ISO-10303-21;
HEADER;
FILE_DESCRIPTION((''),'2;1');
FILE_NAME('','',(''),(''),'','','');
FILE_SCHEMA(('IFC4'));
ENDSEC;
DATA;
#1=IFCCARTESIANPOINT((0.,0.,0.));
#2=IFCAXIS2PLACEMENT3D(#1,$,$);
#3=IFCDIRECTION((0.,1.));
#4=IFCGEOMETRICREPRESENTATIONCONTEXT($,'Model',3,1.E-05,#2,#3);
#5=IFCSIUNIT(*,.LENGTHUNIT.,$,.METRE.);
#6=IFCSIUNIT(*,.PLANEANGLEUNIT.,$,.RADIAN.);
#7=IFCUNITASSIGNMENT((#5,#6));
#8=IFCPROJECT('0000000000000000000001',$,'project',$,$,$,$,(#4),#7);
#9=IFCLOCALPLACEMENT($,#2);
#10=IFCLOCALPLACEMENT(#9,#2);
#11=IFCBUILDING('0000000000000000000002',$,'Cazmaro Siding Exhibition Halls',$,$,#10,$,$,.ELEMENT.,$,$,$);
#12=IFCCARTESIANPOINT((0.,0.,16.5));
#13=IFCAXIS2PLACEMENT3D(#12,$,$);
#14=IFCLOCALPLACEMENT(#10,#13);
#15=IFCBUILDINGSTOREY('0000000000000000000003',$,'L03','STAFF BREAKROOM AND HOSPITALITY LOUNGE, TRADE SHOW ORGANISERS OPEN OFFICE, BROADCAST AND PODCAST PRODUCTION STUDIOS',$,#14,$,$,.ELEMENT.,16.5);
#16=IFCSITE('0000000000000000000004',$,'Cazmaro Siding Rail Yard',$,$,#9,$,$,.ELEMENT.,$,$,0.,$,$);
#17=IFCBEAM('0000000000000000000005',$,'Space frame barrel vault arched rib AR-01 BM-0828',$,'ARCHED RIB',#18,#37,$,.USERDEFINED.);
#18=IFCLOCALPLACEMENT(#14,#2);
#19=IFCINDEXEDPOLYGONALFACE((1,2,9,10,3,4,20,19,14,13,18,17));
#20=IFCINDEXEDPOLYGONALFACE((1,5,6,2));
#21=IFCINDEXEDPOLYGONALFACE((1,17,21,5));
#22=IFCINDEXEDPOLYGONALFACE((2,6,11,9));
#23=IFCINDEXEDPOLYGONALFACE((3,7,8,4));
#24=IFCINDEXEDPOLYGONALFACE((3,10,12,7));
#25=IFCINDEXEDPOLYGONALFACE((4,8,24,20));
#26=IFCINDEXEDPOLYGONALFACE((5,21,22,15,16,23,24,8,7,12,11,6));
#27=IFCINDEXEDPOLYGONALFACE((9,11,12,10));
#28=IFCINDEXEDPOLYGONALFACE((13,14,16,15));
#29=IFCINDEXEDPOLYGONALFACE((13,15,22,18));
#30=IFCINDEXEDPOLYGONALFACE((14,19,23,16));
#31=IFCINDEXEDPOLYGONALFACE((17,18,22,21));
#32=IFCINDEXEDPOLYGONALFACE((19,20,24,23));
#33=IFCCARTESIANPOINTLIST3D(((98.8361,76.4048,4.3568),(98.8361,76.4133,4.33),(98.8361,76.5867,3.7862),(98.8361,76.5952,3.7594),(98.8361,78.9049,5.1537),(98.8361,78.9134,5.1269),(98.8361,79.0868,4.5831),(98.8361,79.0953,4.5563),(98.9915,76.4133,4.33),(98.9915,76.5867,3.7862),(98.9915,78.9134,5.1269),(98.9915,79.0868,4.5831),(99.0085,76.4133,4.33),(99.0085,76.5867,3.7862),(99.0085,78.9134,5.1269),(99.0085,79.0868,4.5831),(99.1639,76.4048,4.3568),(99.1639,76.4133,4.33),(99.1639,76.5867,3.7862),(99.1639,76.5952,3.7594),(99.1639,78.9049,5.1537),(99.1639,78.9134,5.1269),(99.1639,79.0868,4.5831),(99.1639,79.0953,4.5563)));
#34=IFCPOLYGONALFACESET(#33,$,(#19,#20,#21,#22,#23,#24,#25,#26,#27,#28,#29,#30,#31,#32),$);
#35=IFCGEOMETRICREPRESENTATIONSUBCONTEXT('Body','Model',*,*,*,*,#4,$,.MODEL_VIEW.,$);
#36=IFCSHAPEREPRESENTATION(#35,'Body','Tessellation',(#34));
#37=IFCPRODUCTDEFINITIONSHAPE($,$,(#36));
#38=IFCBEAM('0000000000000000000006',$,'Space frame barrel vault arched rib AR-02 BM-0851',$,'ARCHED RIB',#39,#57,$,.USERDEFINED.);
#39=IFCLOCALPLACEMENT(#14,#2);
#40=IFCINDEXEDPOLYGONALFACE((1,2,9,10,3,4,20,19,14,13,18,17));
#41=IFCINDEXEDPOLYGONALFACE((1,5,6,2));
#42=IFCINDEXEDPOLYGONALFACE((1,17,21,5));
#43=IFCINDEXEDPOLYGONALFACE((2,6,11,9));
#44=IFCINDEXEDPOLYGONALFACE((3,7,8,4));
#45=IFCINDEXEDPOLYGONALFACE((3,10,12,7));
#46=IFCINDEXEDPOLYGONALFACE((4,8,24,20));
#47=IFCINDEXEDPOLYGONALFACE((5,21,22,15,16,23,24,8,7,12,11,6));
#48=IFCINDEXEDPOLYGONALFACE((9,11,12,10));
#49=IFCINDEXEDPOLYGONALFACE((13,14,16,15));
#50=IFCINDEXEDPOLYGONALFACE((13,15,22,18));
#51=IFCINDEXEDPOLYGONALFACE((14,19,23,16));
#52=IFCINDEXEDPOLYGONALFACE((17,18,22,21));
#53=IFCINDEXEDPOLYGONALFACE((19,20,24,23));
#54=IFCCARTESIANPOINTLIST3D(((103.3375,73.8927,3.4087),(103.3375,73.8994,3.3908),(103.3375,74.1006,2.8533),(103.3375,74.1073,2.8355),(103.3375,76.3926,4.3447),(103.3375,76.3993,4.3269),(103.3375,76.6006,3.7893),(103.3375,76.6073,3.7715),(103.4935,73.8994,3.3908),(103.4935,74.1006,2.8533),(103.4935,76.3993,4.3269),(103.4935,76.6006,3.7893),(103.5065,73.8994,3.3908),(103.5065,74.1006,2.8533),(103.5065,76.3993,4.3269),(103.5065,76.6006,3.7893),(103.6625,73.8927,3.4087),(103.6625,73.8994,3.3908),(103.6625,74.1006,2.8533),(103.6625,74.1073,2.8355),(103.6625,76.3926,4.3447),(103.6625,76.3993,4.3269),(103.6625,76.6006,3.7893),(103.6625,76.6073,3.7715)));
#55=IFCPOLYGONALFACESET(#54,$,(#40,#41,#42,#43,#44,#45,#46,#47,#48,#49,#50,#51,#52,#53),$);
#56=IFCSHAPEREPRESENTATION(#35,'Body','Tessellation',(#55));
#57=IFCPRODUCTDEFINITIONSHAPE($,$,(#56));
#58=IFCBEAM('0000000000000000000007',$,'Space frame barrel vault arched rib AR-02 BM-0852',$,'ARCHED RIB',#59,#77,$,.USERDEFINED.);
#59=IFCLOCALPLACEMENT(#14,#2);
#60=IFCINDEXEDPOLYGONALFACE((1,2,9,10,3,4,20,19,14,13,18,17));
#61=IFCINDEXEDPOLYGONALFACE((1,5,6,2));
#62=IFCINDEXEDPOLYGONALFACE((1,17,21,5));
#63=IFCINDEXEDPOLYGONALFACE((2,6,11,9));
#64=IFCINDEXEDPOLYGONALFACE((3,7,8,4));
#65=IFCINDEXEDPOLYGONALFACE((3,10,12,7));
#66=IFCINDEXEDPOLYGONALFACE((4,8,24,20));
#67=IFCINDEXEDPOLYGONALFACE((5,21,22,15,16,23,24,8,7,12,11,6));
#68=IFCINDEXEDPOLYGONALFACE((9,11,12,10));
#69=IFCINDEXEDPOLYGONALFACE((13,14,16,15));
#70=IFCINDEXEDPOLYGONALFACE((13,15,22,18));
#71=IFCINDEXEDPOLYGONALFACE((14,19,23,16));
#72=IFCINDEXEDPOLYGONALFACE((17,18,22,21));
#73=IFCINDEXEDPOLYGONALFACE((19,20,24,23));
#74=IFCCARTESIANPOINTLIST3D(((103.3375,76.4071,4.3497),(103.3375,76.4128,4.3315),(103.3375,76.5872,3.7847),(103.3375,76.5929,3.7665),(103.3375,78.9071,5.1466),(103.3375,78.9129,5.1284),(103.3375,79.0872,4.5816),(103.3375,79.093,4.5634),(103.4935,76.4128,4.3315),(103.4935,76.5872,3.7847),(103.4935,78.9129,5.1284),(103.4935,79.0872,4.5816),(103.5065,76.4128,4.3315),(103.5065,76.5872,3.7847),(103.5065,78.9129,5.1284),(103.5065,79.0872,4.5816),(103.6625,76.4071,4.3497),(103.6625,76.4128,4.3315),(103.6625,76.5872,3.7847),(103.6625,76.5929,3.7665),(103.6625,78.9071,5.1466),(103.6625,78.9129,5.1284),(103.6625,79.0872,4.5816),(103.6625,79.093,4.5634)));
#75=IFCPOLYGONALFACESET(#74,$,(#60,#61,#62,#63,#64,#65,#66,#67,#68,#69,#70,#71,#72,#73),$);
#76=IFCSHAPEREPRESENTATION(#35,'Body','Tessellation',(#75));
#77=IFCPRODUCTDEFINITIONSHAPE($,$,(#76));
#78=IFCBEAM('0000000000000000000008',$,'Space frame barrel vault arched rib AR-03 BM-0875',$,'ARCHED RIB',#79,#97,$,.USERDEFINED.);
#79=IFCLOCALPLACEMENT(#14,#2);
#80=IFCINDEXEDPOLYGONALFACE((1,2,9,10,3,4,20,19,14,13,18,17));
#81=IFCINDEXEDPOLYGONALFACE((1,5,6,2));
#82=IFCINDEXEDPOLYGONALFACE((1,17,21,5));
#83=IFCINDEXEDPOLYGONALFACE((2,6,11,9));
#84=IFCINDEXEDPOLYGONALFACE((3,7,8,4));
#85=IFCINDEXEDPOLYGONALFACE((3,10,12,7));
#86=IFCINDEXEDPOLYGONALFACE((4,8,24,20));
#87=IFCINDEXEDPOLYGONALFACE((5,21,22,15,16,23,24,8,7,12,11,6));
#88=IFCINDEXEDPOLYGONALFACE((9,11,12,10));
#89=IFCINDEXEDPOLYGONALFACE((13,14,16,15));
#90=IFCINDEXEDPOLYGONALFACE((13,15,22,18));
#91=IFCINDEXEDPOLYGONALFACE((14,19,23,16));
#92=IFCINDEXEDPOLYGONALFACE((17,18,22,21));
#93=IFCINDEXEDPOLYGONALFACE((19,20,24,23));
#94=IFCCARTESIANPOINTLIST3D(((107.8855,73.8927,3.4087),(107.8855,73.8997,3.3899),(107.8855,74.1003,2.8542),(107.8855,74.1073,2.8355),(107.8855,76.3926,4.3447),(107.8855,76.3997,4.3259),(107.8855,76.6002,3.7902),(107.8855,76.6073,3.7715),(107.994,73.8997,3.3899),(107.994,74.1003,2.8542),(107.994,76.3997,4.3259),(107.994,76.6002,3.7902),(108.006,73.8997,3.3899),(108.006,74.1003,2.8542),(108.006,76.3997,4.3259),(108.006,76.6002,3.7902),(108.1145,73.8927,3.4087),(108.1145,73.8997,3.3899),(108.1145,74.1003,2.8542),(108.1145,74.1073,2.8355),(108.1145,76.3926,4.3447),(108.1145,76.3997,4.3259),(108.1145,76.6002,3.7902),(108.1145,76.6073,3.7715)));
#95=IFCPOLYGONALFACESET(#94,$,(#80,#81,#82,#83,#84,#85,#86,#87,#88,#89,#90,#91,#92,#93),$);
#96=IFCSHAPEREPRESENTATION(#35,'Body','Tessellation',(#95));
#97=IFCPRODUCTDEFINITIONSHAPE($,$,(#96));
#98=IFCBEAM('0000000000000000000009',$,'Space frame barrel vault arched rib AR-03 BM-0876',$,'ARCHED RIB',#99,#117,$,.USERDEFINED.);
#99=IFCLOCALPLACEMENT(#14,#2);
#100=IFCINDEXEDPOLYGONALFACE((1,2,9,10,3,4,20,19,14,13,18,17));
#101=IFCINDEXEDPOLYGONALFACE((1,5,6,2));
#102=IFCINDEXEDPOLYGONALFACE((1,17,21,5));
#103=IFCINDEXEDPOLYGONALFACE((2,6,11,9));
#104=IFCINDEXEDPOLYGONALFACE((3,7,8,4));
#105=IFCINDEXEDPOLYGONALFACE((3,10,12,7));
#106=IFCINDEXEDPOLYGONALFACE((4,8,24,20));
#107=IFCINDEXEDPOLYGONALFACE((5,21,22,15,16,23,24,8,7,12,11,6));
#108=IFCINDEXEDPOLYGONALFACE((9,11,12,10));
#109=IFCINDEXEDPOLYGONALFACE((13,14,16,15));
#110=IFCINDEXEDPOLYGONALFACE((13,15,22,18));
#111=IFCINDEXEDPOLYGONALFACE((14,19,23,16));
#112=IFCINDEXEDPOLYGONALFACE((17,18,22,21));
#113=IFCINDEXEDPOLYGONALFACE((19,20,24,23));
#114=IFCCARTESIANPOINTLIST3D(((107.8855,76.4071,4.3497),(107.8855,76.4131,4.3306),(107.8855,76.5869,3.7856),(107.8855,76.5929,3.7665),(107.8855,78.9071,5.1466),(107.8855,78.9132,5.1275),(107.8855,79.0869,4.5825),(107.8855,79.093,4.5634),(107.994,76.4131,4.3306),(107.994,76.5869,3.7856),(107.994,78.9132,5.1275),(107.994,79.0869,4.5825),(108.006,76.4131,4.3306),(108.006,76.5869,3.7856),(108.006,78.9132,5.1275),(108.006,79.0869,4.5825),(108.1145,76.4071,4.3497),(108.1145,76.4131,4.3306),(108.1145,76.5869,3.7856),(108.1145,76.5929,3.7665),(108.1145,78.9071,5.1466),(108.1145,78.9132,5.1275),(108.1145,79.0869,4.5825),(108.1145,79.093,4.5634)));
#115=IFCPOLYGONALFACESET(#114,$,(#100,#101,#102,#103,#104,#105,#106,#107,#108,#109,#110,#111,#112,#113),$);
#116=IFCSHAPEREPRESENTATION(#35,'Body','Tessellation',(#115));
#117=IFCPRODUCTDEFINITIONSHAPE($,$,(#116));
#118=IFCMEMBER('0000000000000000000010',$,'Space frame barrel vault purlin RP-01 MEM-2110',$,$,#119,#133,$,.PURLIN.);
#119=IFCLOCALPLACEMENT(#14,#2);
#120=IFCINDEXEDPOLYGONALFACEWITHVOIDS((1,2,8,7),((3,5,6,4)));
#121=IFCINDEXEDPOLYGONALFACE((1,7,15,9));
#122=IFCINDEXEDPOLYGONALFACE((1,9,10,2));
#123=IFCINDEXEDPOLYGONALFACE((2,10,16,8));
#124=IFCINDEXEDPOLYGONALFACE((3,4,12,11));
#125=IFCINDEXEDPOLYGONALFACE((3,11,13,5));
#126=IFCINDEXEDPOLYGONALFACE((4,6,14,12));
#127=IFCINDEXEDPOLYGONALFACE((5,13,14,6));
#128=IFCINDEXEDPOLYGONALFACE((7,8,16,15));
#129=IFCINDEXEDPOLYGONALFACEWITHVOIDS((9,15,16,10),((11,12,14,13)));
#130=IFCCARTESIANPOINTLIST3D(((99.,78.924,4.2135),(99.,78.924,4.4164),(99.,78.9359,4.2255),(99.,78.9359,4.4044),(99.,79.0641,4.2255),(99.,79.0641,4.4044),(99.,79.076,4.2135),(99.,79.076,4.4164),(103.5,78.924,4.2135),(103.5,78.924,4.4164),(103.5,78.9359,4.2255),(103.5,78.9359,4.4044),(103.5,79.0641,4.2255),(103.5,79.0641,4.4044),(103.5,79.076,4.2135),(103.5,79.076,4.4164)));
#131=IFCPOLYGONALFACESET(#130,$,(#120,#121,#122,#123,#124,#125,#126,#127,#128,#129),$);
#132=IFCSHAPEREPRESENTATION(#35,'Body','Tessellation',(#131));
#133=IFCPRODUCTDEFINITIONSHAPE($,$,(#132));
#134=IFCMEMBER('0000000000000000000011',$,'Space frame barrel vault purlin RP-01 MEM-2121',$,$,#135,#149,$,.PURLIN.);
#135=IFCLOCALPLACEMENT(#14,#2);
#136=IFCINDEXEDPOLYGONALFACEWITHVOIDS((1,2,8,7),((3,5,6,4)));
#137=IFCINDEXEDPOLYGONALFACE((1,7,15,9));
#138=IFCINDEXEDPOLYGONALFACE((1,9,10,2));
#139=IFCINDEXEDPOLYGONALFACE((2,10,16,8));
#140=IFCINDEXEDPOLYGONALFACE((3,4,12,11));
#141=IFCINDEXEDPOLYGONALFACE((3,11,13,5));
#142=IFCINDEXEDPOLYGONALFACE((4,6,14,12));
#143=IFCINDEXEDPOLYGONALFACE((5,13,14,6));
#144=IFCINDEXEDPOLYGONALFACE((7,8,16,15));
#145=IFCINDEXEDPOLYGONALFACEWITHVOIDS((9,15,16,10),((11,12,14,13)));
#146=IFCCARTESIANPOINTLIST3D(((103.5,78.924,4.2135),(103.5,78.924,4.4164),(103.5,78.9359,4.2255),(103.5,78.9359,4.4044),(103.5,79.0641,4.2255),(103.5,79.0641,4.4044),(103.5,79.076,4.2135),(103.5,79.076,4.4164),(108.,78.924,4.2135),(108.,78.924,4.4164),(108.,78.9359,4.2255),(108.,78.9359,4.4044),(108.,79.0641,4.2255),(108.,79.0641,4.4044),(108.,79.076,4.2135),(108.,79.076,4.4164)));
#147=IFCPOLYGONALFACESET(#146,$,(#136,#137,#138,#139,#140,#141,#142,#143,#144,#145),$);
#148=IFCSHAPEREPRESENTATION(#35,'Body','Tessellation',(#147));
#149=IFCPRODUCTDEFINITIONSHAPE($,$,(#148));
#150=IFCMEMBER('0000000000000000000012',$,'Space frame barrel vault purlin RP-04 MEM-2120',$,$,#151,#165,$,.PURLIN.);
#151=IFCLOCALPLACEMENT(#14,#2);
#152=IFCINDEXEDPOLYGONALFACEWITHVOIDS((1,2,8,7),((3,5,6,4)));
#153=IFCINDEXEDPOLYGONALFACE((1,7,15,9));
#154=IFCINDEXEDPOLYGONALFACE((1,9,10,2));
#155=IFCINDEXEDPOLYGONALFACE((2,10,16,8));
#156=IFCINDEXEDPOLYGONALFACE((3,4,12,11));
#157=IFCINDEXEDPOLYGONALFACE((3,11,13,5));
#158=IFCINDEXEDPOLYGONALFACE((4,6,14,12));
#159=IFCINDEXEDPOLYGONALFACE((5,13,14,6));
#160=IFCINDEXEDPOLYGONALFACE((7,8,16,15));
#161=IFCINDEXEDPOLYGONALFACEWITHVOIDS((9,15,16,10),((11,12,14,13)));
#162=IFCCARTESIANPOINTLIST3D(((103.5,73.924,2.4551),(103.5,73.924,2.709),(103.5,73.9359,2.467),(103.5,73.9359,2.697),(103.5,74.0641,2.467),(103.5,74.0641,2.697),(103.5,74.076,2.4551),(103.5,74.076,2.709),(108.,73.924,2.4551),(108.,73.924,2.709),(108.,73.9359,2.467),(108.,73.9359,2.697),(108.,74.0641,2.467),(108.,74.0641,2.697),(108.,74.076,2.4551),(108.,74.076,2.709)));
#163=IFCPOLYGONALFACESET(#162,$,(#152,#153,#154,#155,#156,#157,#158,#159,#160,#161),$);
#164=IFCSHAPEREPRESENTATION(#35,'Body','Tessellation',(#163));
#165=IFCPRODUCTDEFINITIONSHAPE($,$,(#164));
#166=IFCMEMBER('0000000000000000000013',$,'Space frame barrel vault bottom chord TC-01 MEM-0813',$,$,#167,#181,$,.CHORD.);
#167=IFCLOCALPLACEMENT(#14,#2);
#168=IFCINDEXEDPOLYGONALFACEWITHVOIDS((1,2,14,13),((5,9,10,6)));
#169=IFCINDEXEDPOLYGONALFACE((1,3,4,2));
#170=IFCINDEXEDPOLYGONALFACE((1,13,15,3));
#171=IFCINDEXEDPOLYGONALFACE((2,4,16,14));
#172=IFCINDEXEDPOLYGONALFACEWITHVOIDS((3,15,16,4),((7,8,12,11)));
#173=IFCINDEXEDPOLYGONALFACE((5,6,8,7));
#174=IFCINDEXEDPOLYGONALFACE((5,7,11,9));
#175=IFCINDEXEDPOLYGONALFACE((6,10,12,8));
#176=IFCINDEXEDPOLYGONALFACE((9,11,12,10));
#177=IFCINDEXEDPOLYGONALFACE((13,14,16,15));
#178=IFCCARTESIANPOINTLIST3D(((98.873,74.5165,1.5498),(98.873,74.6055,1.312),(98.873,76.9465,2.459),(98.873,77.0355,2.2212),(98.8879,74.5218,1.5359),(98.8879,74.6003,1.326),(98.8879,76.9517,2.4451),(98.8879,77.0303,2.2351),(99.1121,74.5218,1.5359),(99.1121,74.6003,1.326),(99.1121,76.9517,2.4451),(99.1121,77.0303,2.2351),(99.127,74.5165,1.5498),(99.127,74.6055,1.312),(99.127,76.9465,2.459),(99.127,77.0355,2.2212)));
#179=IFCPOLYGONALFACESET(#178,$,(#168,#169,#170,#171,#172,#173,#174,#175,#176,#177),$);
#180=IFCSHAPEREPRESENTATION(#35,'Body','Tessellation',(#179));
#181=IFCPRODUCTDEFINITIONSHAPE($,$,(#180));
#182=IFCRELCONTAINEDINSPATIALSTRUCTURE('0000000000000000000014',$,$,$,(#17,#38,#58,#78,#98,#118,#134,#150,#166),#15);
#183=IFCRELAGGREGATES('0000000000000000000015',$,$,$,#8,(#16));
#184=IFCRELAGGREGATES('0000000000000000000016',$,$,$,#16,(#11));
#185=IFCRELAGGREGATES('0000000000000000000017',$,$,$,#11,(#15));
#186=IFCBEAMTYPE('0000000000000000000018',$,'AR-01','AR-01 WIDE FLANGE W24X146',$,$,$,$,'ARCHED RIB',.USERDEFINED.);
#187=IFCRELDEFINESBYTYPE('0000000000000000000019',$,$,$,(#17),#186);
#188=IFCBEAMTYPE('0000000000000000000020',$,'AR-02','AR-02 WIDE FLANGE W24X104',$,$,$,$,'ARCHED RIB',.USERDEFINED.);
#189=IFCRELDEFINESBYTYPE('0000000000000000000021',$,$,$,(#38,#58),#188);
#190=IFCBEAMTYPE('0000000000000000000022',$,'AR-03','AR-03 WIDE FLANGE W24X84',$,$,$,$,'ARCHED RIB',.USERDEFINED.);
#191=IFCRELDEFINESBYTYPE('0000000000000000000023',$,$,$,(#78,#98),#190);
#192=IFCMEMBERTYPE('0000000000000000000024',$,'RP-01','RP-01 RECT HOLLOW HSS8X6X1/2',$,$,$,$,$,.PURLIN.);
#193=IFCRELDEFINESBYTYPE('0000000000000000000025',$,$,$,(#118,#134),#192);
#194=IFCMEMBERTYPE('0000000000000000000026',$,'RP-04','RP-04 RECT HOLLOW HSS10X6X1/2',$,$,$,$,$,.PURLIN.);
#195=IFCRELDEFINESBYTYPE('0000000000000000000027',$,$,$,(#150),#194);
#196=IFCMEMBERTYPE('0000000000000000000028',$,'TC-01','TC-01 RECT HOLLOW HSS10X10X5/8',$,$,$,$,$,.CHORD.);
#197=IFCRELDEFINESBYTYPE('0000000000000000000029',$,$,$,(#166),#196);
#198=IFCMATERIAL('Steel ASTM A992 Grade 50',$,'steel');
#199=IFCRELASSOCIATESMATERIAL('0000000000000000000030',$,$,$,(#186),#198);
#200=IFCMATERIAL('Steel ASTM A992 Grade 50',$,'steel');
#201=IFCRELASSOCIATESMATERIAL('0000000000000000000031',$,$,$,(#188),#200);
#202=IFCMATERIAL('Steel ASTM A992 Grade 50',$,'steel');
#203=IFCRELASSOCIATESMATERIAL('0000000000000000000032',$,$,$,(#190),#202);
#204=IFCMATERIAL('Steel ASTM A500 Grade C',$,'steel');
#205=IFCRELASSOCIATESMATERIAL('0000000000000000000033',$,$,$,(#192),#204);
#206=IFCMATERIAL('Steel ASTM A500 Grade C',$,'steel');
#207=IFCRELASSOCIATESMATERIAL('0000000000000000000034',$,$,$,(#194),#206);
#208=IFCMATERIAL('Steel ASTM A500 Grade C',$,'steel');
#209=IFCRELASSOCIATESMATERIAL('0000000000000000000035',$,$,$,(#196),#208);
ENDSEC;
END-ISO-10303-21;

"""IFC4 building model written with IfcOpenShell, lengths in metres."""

from ifc_helpers import new_model, si_unit, direction, frame, origin, origin_2d, place, context, subcontext, project, spatial, hollow_rectangle, i_section, extrude, material, material_profile, profile_set, type_object, element, save


model = new_model("IFC4")

# Units and contexts
model_context = context("Model", 3, precision=1e-05, world=origin(), true_north=direction((0.0, 1.0)))
body_context = subcontext(model_context, "Body", "Model", "MODEL_VIEW")
ifc_project = project(units=[si_unit("LENGTHUNIT", "METRE"), si_unit("PLANEANGLEUNIT", "RADIAN")], contexts=[model_context])

# Site, building, storey
site_placement = place(None, origin())
site = spatial("IfcSite", under=ifc_project, at=site_placement, Name="Cazmaro Siding Rail Yard", CompositionType="ELEMENT", RefElevation=0.0)
building_placement = place(site_placement, origin())
building = spatial("IfcBuilding", under=site, at=building_placement, Name="Cazmaro Siding Exhibition Halls", CompositionType="ELEMENT")
storey_placement = place(building_placement, frame((0.0, 0.0, 16.5)))
storey = spatial("IfcBuildingStorey", under=building, at=storey_placement, Name="L03", Description="STAFF BREAKROOM AND HOSPITALITY LOUNGE, TRADE SHOW ORGANISERS OPEN OFFICE, BROADCAST AND PODCAST PRODUCTION STUDIOS", CompositionType="ELEMENT", Elevation=16.5)

# Beams
ifc_material_1 = material(Name="Steel ASTM A992 Grade 50", Category="steel")
ifc_material_profile_1 = material_profile(ifc_material_1, i_section(OverallWidth=0.3279, OverallDepth=0.627, WebThickness=0.0171, FlangeThickness=0.0281, at=origin_2d()), Name="W24X146")
ifc_profile_set_1 = profile_set([ifc_material_profile_1], Name="Steel ASTM A992 Grade 50")
beam_type_1 = type_object("IfcBeamType", Name="AR-01", Description="AR-01 WIDE FLANGE W24X146", ElementType="ARCHED RIB", PredefinedType="USERDEFINED", material=ifc_profile_set_1)
beam_1_placement = place(storey_placement, frame((99.0, 76.5, 4.0581), z_axis=(0.0, 0.952769, 0.303695), x_axis=(-1.0, 0.0, 0.0)))
element("IfcBeam", 1, at=beam_1_placement, inside=storey, type_object=beam_type_1, Name="Space frame barrel vault arched rib AR-01 BM-0828", ObjectType="ARCHED RIB", PredefinedType="USERDEFINED", context=body_context, shape_type="SweptSolid", body=[
    extrude(i_section(OverallWidth=0.3279, OverallDepth=0.627, WebThickness=0.0171, FlangeThickness=0.0281, at=origin_2d()), origin(), (0.0, 0.0, 1.0), 2.624),
])
ifc_material_2 = material(Name="Steel ASTM A992 Grade 50", Category="steel")
ifc_material_profile_2 = material_profile(ifc_material_2, i_section(OverallWidth=0.325, OverallDepth=0.6121, WebThickness=0.0129, FlangeThickness=0.019, at=origin_2d()), Name="W24X104")
ifc_profile_set_2 = profile_set([ifc_material_profile_2], Name="Steel ASTM A992 Grade 50")
beam_type_2 = type_object("IfcBeamType", Name="AR-02", Description="AR-02 WIDE FLANGE W24X104", ElementType="ARCHED RIB", PredefinedType="USERDEFINED", material=ifc_profile_set_2)
beam_2_placement = place(storey_placement, frame((103.5, 74.0, 3.1221), z_axis=(0.0, 0.936509, 0.350642), x_axis=(-1.0, 0.0, 0.0)))
element("IfcBeam", 2, at=beam_2_placement, inside=storey, type_object=beam_type_2, Name="Space frame barrel vault arched rib AR-02 BM-0851", ObjectType="ARCHED RIB", PredefinedType="USERDEFINED", context=body_context, shape_type="SweptSolid", body=[
    extrude(i_section(OverallWidth=0.325, OverallDepth=0.6121, WebThickness=0.0129, FlangeThickness=0.019, at=origin_2d()), origin(), (0.0, 0.0, 1.0), 2.6694),
])
beam_3_placement = place(storey_placement, frame((103.5, 76.5, 4.0581), z_axis=(0.0, 0.952769, 0.303695), x_axis=(-1.0, 0.0, 0.0)))
element("IfcBeam", 3, at=beam_3_placement, inside=storey, type_object=beam_type_2, Name="Space frame barrel vault arched rib AR-02 BM-0852", ObjectType="ARCHED RIB", PredefinedType="USERDEFINED", context=body_context, shape_type="SweptSolid", body=[
    extrude(i_section(OverallWidth=0.325, OverallDepth=0.6121, WebThickness=0.0129, FlangeThickness=0.019, at=origin_2d()), origin(), (0.0, 0.0, 1.0), 2.624),
])
ifc_material_3 = material(Name="Steel ASTM A992 Grade 50", Category="steel")
ifc_material_profile_3 = material_profile(ifc_material_3, i_section(OverallWidth=0.229, OverallDepth=0.6121, WebThickness=0.012, FlangeThickness=0.02, at=origin_2d()), Name="W24X84")
ifc_profile_set_3 = profile_set([ifc_material_profile_3], Name="Steel ASTM A992 Grade 50")
beam_type_3 = type_object("IfcBeamType", Name="AR-03", Description="AR-03 WIDE FLANGE W24X84", ElementType="ARCHED RIB", PredefinedType="USERDEFINED", material=ifc_profile_set_3)
beam_4_placement = place(storey_placement, frame((108.0, 74.0, 3.1221), z_axis=(0.0, 0.936509, 0.350642), x_axis=(-1.0, 0.0, 0.0)))
element("IfcBeam", 4, at=beam_4_placement, inside=storey, type_object=beam_type_3, Name="Space frame barrel vault arched rib AR-03 BM-0875", ObjectType="ARCHED RIB", PredefinedType="USERDEFINED", context=body_context, shape_type="SweptSolid", body=[
    extrude(i_section(OverallWidth=0.229, OverallDepth=0.6121, WebThickness=0.012, FlangeThickness=0.02, at=origin_2d()), origin(), (0.0, 0.0, 1.0), 2.6694),
])
beam_5_placement = place(storey_placement, frame((108.0, 76.5, 4.0581), z_axis=(0.0, 0.952769, 0.303695), x_axis=(-1.0, 0.0, 0.0)))
element("IfcBeam", 5, at=beam_5_placement, inside=storey, type_object=beam_type_3, Name="Space frame barrel vault arched rib AR-03 BM-0876", ObjectType="ARCHED RIB", PredefinedType="USERDEFINED", context=body_context, shape_type="SweptSolid", body=[
    extrude(i_section(OverallWidth=0.229, OverallDepth=0.6121, WebThickness=0.012, FlangeThickness=0.02, at=origin_2d()), origin(), (0.0, 0.0, 1.0), 2.624),
])

# Members
ifc_material_4 = material(Name="Steel ASTM A500 Grade C", Category="steel")
ifc_material_profile_4 = material_profile(ifc_material_4, hollow_rectangle(XDim=0.1521, YDim=0.2029, WallThickness=0.012, at=origin_2d()), Name="HSS8X6X1/2")
ifc_profile_set_4 = profile_set([ifc_material_profile_4], Name="Steel ASTM A500 Grade C")
member_type_1 = type_object("IfcMemberType", Name="RP-01", Description="RP-01 RECT HOLLOW HSS8X6X1/2", PredefinedType="PURLIN", material=ifc_profile_set_4)
for number, where, z_axis, x_axis, name in (
    (6, (99.0, 79.0, 4.3149), (1.0, 0.0, 0.0), (0.0, 1.0, 0.0), "Space frame barrel vault purlin RP-01 MEM-2110"),
    (7, (103.5, 79.0, 4.3149), (1.0, 0.0, 0.0), (0.0, 1.0, 0.0), "Space frame barrel vault purlin RP-01 MEM-2121"),
):
    element("IfcMember", number, at=place(storey_placement, frame(where, z_axis=z_axis, x_axis=x_axis)), inside=storey, type_object=member_type_1, Name=name, PredefinedType="PURLIN", context=body_context, shape_type="SweptSolid", body=[
        extrude(hollow_rectangle(XDim=0.1521, YDim=0.2029, WallThickness=0.012, at=origin_2d()), origin(), (0.0, 0.0, 1.0), 4.5),
    ])
ifc_material_5 = material(Name="Steel ASTM A500 Grade C", Category="steel")
ifc_material_profile_5 = material_profile(ifc_material_5, hollow_rectangle(XDim=0.1521, YDim=0.2539, WallThickness=0.012, at=origin_2d()), Name="HSS10X6X1/2")
ifc_profile_set_5 = profile_set([ifc_material_profile_5], Name="Steel ASTM A500 Grade C")
member_type_2 = type_object("IfcMemberType", Name="RP-04", Description="RP-04 RECT HOLLOW HSS10X6X1/2", PredefinedType="PURLIN", material=ifc_profile_set_5)
member_1_placement = place(storey_placement, frame((103.5, 74.0, 2.582), z_axis=(1.0, 0.0, 0.0), x_axis=(0.0, 1.0, 0.0)))
element("IfcMember", 8, at=member_1_placement, inside=storey, type_object=member_type_2, Name="Space frame barrel vault purlin RP-04 MEM-2120", PredefinedType="PURLIN", context=body_context, shape_type="SweptSolid", body=[
    extrude(hollow_rectangle(XDim=0.1521, YDim=0.2539, WallThickness=0.012, at=origin_2d()), origin(), (0.0, 0.0, 1.0), 4.5),
])
ifc_material_6 = material(Name="Steel ASTM A500 Grade C", Category="steel")
ifc_material_profile_6 = material_profile(ifc_material_6, hollow_rectangle(XDim=0.2539, YDim=0.2539, WallThickness=0.0149, at=origin_2d()), Name="HSS10X10X5/8")
ifc_profile_set_6 = profile_set([ifc_material_profile_6], Name="Steel ASTM A500 Grade C")
member_type_3 = type_object("IfcMemberType", Name="TC-01", Description="TC-01 RECT HOLLOW HSS10X10X5/8", PredefinedType="CHORD", material=ifc_profile_set_6)
member_2_placement = place(storey_placement, frame((99.0, 74.561, 1.4309), z_axis=(0.0, 0.936588, 0.350432), x_axis=(-1.0, 0.0, 0.0)))
element("IfcMember", 9, at=member_2_placement, inside=storey, type_object=member_type_3, Name="Space frame barrel vault bottom chord TC-01 MEM-0813", PredefinedType="CHORD", context=body_context, shape_type="SweptSolid", body=[
    extrude(hollow_rectangle(XDim=0.2539, YDim=0.2539, WallThickness=0.0149, at=origin_2d()), origin(), (0.0, 0.0, 1.0), 2.5945),
])

save(model, "model.ifc")
